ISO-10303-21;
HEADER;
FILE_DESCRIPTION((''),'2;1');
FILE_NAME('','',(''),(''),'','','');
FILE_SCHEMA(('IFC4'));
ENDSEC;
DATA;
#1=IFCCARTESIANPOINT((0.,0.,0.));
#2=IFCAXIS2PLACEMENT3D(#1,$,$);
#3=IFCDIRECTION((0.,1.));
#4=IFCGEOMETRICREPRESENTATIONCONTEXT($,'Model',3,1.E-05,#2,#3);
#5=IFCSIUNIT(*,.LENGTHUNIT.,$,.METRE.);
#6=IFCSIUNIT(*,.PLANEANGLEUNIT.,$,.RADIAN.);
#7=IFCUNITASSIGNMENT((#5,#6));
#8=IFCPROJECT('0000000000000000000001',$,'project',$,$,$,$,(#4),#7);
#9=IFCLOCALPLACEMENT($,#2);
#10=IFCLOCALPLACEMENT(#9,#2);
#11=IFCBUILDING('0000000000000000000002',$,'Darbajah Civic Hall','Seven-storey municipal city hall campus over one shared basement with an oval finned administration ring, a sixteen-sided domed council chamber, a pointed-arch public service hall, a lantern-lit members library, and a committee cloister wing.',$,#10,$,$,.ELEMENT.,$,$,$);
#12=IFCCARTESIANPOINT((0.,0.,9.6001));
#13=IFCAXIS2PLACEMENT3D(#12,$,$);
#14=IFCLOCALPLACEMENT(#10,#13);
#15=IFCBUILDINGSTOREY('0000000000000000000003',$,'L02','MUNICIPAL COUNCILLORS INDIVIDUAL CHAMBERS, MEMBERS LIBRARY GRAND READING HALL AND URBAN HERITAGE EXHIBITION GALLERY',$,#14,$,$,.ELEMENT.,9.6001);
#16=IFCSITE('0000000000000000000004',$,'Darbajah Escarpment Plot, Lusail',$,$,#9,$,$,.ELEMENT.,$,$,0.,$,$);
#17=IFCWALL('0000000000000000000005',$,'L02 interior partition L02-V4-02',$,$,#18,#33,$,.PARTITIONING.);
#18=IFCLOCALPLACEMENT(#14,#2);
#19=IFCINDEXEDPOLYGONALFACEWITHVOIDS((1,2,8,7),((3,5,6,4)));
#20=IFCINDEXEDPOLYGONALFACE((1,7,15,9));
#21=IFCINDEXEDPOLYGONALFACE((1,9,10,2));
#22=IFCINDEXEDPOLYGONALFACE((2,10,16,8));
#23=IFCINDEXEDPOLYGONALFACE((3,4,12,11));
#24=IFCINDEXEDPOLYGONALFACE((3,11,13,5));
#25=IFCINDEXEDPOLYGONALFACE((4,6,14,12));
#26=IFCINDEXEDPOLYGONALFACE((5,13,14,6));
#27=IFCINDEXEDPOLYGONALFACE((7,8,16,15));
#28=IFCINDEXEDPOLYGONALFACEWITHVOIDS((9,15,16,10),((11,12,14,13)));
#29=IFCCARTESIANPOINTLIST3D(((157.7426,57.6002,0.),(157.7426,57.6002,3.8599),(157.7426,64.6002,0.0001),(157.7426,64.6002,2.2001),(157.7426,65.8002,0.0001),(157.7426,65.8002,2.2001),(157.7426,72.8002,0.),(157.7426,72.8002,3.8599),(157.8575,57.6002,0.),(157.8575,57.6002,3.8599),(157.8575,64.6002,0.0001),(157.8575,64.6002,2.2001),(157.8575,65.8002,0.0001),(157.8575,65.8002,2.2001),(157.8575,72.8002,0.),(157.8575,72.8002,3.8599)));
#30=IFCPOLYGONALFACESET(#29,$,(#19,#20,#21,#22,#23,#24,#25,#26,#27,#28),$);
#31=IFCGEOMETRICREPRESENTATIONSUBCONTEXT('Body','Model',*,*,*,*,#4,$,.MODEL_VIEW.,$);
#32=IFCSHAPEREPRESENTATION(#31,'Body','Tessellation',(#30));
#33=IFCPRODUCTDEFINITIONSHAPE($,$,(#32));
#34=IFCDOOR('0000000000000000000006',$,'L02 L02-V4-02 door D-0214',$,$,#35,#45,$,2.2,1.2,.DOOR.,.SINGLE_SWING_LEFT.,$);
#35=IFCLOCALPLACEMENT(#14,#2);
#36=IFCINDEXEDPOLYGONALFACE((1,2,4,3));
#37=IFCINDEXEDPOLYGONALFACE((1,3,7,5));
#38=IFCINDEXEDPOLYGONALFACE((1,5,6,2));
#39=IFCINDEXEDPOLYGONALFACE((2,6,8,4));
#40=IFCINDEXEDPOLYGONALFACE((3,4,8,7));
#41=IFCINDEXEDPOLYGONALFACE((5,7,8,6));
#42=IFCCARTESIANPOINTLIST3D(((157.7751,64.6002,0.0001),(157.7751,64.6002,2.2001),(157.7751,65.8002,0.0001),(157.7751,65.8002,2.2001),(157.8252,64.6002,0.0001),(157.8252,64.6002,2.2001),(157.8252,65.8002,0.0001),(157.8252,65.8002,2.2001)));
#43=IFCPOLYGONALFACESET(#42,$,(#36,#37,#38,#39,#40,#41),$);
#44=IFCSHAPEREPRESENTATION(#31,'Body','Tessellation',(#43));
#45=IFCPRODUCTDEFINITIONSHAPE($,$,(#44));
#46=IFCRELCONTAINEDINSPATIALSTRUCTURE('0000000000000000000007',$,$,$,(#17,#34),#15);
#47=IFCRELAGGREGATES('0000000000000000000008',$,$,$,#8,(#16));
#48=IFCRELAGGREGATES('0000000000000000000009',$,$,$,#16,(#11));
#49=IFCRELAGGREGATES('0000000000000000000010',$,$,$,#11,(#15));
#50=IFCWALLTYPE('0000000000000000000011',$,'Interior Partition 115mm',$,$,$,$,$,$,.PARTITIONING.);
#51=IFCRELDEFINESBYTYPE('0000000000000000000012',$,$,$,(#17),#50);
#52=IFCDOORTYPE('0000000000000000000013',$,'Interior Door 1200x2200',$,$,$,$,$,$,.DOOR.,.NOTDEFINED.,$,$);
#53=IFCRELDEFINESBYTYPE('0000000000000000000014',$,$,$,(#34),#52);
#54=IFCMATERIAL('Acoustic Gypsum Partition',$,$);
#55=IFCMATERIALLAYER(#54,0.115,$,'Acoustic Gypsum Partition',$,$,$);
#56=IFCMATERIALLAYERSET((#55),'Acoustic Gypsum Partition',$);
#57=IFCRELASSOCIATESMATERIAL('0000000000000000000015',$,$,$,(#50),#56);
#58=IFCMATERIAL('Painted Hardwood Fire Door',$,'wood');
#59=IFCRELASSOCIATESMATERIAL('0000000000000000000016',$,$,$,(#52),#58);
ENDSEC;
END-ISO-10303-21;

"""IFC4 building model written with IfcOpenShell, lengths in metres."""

from ifc_helpers import new_model, si_unit, direction, frame, frame_2d, origin, place, context, subcontext, project, spatial, rectangle, extrude, material, layer, layer_set, type_object, element, fill, save


model = new_model("IFC4")

# Units and contexts
model_context = context("Model", 3, precision=1e-05, world=origin(), true_north=direction((0.0, 1.0)))
body_context = subcontext(model_context, "Body", "Model", "MODEL_VIEW")
ifc_project = project(units=[si_unit("LENGTHUNIT", "METRE"), si_unit("PLANEANGLEUNIT", "RADIAN")], contexts=[model_context])

# Site, building, storey
site_placement = place(None, origin())
site = spatial("IfcSite", under=ifc_project, at=site_placement, Name="Darbajah Escarpment Plot, Lusail", CompositionType="ELEMENT", RefElevation=0.0)
building_placement = place(site_placement, origin())
building = spatial("IfcBuilding", under=site, at=building_placement, Name="Darbajah Civic Hall", Description="Seven-storey municipal city hall campus over one shared basement with an oval finned administration ring, a sixteen-sided domed council chamber, a pointed-arch public service hall, a lantern-lit members library, and a committee cloister wing.", CompositionType="ELEMENT")
storey_placement = place(building_placement, frame((0.0, 0.0, 9.6001)))
storey = spatial("IfcBuildingStorey", under=building, at=storey_placement, Name="L02", Description="MUNICIPAL COUNCILLORS INDIVIDUAL CHAMBERS, MEMBERS LIBRARY GRAND READING HALL AND URBAN HERITAGE EXHIBITION GALLERY", CompositionType="ELEMENT", Elevation=9.6001)

# Wall, opening, door
ifc_material_1 = material(Name="Acoustic Gypsum Partition")
ifc_layer_1 = layer(ifc_material_1, 0.115, Name="Acoustic Gypsum Partition")
ifc_layer_set_1 = layer_set([ifc_layer_1], Name="Acoustic Gypsum Partition")
wall_type_1 = type_object("IfcWallType", Name="Interior Partition 115mm", PredefinedType="PARTITIONING", material=ifc_layer_set_1)
wall_1_placement = place(storey_placement, frame((157.8, 57.6001, 0.0), z_axis=(0.0, 0.0, 1.0), x_axis=(0.0, 1.0, 0.0)))
wall_1 = element("IfcWall", 1, at=wall_1_placement, inside=storey, type_object=wall_type_1, Name="L02 interior partition L02-V4-02", PredefinedType="PARTITIONING", context=body_context, shape_type="SweptSolid", body=[
    extrude(rectangle(XDim=15.2, YDim=0.115, at=frame_2d((7.6001, 0.0))), origin(), (0.0, 0.0, 1.0), 3.8599),
])
opening_1_placement = place(wall_1_placement, frame((7.0, 0.0, 0.0)))
opening_1 = element("IfcOpeningElement", 2, at=opening_1_placement, cuts=wall_1, PredefinedType="OPENING", context=body_context, shape_type="SweptSolid", body=[
    extrude(rectangle(XDim=1.2, YDim=2.2, at=frame_2d((0.6001, 1.1001))), frame((0.0, 0.0674, 0.0), z_axis=(0.0, -1.0, 0.0), x_axis=(1.0, 0.0, 0.0)), (0.0, 0.0, 1.0), 0.135),
])
ifc_material_2 = material(Name="Painted Hardwood Fire Door", Category="wood")
door_type = type_object("IfcDoorType", Name="Interior Door 1200x2200", OperationType="NOTDEFINED", PredefinedType="DOOR", material=ifc_material_2)
door_placement = place(opening_1_placement, origin())
door = element("IfcDoor", 3, at=door_placement, inside=storey, type_object=door_type, Name="L02 L02-V4-02 door D-0214", OperationType="SINGLE_SWING_LEFT", OverallHeight=2.2, OverallWidth=1.2, PredefinedType="DOOR", context=body_context, shape_type="SweptSolid", body=[
    extrude(rectangle(XDim=1.2, YDim=2.2, at=frame_2d((0.6001, 1.1001))), frame((0.0, 0.0249, 0.0), z_axis=(0.0, -1.0, 0.0), x_axis=(1.0, 0.0, 0.0)), (0.0, 0.0, 1.0), 0.05),
])
fill(opening_1, door)

save(model, "model.ifc")
